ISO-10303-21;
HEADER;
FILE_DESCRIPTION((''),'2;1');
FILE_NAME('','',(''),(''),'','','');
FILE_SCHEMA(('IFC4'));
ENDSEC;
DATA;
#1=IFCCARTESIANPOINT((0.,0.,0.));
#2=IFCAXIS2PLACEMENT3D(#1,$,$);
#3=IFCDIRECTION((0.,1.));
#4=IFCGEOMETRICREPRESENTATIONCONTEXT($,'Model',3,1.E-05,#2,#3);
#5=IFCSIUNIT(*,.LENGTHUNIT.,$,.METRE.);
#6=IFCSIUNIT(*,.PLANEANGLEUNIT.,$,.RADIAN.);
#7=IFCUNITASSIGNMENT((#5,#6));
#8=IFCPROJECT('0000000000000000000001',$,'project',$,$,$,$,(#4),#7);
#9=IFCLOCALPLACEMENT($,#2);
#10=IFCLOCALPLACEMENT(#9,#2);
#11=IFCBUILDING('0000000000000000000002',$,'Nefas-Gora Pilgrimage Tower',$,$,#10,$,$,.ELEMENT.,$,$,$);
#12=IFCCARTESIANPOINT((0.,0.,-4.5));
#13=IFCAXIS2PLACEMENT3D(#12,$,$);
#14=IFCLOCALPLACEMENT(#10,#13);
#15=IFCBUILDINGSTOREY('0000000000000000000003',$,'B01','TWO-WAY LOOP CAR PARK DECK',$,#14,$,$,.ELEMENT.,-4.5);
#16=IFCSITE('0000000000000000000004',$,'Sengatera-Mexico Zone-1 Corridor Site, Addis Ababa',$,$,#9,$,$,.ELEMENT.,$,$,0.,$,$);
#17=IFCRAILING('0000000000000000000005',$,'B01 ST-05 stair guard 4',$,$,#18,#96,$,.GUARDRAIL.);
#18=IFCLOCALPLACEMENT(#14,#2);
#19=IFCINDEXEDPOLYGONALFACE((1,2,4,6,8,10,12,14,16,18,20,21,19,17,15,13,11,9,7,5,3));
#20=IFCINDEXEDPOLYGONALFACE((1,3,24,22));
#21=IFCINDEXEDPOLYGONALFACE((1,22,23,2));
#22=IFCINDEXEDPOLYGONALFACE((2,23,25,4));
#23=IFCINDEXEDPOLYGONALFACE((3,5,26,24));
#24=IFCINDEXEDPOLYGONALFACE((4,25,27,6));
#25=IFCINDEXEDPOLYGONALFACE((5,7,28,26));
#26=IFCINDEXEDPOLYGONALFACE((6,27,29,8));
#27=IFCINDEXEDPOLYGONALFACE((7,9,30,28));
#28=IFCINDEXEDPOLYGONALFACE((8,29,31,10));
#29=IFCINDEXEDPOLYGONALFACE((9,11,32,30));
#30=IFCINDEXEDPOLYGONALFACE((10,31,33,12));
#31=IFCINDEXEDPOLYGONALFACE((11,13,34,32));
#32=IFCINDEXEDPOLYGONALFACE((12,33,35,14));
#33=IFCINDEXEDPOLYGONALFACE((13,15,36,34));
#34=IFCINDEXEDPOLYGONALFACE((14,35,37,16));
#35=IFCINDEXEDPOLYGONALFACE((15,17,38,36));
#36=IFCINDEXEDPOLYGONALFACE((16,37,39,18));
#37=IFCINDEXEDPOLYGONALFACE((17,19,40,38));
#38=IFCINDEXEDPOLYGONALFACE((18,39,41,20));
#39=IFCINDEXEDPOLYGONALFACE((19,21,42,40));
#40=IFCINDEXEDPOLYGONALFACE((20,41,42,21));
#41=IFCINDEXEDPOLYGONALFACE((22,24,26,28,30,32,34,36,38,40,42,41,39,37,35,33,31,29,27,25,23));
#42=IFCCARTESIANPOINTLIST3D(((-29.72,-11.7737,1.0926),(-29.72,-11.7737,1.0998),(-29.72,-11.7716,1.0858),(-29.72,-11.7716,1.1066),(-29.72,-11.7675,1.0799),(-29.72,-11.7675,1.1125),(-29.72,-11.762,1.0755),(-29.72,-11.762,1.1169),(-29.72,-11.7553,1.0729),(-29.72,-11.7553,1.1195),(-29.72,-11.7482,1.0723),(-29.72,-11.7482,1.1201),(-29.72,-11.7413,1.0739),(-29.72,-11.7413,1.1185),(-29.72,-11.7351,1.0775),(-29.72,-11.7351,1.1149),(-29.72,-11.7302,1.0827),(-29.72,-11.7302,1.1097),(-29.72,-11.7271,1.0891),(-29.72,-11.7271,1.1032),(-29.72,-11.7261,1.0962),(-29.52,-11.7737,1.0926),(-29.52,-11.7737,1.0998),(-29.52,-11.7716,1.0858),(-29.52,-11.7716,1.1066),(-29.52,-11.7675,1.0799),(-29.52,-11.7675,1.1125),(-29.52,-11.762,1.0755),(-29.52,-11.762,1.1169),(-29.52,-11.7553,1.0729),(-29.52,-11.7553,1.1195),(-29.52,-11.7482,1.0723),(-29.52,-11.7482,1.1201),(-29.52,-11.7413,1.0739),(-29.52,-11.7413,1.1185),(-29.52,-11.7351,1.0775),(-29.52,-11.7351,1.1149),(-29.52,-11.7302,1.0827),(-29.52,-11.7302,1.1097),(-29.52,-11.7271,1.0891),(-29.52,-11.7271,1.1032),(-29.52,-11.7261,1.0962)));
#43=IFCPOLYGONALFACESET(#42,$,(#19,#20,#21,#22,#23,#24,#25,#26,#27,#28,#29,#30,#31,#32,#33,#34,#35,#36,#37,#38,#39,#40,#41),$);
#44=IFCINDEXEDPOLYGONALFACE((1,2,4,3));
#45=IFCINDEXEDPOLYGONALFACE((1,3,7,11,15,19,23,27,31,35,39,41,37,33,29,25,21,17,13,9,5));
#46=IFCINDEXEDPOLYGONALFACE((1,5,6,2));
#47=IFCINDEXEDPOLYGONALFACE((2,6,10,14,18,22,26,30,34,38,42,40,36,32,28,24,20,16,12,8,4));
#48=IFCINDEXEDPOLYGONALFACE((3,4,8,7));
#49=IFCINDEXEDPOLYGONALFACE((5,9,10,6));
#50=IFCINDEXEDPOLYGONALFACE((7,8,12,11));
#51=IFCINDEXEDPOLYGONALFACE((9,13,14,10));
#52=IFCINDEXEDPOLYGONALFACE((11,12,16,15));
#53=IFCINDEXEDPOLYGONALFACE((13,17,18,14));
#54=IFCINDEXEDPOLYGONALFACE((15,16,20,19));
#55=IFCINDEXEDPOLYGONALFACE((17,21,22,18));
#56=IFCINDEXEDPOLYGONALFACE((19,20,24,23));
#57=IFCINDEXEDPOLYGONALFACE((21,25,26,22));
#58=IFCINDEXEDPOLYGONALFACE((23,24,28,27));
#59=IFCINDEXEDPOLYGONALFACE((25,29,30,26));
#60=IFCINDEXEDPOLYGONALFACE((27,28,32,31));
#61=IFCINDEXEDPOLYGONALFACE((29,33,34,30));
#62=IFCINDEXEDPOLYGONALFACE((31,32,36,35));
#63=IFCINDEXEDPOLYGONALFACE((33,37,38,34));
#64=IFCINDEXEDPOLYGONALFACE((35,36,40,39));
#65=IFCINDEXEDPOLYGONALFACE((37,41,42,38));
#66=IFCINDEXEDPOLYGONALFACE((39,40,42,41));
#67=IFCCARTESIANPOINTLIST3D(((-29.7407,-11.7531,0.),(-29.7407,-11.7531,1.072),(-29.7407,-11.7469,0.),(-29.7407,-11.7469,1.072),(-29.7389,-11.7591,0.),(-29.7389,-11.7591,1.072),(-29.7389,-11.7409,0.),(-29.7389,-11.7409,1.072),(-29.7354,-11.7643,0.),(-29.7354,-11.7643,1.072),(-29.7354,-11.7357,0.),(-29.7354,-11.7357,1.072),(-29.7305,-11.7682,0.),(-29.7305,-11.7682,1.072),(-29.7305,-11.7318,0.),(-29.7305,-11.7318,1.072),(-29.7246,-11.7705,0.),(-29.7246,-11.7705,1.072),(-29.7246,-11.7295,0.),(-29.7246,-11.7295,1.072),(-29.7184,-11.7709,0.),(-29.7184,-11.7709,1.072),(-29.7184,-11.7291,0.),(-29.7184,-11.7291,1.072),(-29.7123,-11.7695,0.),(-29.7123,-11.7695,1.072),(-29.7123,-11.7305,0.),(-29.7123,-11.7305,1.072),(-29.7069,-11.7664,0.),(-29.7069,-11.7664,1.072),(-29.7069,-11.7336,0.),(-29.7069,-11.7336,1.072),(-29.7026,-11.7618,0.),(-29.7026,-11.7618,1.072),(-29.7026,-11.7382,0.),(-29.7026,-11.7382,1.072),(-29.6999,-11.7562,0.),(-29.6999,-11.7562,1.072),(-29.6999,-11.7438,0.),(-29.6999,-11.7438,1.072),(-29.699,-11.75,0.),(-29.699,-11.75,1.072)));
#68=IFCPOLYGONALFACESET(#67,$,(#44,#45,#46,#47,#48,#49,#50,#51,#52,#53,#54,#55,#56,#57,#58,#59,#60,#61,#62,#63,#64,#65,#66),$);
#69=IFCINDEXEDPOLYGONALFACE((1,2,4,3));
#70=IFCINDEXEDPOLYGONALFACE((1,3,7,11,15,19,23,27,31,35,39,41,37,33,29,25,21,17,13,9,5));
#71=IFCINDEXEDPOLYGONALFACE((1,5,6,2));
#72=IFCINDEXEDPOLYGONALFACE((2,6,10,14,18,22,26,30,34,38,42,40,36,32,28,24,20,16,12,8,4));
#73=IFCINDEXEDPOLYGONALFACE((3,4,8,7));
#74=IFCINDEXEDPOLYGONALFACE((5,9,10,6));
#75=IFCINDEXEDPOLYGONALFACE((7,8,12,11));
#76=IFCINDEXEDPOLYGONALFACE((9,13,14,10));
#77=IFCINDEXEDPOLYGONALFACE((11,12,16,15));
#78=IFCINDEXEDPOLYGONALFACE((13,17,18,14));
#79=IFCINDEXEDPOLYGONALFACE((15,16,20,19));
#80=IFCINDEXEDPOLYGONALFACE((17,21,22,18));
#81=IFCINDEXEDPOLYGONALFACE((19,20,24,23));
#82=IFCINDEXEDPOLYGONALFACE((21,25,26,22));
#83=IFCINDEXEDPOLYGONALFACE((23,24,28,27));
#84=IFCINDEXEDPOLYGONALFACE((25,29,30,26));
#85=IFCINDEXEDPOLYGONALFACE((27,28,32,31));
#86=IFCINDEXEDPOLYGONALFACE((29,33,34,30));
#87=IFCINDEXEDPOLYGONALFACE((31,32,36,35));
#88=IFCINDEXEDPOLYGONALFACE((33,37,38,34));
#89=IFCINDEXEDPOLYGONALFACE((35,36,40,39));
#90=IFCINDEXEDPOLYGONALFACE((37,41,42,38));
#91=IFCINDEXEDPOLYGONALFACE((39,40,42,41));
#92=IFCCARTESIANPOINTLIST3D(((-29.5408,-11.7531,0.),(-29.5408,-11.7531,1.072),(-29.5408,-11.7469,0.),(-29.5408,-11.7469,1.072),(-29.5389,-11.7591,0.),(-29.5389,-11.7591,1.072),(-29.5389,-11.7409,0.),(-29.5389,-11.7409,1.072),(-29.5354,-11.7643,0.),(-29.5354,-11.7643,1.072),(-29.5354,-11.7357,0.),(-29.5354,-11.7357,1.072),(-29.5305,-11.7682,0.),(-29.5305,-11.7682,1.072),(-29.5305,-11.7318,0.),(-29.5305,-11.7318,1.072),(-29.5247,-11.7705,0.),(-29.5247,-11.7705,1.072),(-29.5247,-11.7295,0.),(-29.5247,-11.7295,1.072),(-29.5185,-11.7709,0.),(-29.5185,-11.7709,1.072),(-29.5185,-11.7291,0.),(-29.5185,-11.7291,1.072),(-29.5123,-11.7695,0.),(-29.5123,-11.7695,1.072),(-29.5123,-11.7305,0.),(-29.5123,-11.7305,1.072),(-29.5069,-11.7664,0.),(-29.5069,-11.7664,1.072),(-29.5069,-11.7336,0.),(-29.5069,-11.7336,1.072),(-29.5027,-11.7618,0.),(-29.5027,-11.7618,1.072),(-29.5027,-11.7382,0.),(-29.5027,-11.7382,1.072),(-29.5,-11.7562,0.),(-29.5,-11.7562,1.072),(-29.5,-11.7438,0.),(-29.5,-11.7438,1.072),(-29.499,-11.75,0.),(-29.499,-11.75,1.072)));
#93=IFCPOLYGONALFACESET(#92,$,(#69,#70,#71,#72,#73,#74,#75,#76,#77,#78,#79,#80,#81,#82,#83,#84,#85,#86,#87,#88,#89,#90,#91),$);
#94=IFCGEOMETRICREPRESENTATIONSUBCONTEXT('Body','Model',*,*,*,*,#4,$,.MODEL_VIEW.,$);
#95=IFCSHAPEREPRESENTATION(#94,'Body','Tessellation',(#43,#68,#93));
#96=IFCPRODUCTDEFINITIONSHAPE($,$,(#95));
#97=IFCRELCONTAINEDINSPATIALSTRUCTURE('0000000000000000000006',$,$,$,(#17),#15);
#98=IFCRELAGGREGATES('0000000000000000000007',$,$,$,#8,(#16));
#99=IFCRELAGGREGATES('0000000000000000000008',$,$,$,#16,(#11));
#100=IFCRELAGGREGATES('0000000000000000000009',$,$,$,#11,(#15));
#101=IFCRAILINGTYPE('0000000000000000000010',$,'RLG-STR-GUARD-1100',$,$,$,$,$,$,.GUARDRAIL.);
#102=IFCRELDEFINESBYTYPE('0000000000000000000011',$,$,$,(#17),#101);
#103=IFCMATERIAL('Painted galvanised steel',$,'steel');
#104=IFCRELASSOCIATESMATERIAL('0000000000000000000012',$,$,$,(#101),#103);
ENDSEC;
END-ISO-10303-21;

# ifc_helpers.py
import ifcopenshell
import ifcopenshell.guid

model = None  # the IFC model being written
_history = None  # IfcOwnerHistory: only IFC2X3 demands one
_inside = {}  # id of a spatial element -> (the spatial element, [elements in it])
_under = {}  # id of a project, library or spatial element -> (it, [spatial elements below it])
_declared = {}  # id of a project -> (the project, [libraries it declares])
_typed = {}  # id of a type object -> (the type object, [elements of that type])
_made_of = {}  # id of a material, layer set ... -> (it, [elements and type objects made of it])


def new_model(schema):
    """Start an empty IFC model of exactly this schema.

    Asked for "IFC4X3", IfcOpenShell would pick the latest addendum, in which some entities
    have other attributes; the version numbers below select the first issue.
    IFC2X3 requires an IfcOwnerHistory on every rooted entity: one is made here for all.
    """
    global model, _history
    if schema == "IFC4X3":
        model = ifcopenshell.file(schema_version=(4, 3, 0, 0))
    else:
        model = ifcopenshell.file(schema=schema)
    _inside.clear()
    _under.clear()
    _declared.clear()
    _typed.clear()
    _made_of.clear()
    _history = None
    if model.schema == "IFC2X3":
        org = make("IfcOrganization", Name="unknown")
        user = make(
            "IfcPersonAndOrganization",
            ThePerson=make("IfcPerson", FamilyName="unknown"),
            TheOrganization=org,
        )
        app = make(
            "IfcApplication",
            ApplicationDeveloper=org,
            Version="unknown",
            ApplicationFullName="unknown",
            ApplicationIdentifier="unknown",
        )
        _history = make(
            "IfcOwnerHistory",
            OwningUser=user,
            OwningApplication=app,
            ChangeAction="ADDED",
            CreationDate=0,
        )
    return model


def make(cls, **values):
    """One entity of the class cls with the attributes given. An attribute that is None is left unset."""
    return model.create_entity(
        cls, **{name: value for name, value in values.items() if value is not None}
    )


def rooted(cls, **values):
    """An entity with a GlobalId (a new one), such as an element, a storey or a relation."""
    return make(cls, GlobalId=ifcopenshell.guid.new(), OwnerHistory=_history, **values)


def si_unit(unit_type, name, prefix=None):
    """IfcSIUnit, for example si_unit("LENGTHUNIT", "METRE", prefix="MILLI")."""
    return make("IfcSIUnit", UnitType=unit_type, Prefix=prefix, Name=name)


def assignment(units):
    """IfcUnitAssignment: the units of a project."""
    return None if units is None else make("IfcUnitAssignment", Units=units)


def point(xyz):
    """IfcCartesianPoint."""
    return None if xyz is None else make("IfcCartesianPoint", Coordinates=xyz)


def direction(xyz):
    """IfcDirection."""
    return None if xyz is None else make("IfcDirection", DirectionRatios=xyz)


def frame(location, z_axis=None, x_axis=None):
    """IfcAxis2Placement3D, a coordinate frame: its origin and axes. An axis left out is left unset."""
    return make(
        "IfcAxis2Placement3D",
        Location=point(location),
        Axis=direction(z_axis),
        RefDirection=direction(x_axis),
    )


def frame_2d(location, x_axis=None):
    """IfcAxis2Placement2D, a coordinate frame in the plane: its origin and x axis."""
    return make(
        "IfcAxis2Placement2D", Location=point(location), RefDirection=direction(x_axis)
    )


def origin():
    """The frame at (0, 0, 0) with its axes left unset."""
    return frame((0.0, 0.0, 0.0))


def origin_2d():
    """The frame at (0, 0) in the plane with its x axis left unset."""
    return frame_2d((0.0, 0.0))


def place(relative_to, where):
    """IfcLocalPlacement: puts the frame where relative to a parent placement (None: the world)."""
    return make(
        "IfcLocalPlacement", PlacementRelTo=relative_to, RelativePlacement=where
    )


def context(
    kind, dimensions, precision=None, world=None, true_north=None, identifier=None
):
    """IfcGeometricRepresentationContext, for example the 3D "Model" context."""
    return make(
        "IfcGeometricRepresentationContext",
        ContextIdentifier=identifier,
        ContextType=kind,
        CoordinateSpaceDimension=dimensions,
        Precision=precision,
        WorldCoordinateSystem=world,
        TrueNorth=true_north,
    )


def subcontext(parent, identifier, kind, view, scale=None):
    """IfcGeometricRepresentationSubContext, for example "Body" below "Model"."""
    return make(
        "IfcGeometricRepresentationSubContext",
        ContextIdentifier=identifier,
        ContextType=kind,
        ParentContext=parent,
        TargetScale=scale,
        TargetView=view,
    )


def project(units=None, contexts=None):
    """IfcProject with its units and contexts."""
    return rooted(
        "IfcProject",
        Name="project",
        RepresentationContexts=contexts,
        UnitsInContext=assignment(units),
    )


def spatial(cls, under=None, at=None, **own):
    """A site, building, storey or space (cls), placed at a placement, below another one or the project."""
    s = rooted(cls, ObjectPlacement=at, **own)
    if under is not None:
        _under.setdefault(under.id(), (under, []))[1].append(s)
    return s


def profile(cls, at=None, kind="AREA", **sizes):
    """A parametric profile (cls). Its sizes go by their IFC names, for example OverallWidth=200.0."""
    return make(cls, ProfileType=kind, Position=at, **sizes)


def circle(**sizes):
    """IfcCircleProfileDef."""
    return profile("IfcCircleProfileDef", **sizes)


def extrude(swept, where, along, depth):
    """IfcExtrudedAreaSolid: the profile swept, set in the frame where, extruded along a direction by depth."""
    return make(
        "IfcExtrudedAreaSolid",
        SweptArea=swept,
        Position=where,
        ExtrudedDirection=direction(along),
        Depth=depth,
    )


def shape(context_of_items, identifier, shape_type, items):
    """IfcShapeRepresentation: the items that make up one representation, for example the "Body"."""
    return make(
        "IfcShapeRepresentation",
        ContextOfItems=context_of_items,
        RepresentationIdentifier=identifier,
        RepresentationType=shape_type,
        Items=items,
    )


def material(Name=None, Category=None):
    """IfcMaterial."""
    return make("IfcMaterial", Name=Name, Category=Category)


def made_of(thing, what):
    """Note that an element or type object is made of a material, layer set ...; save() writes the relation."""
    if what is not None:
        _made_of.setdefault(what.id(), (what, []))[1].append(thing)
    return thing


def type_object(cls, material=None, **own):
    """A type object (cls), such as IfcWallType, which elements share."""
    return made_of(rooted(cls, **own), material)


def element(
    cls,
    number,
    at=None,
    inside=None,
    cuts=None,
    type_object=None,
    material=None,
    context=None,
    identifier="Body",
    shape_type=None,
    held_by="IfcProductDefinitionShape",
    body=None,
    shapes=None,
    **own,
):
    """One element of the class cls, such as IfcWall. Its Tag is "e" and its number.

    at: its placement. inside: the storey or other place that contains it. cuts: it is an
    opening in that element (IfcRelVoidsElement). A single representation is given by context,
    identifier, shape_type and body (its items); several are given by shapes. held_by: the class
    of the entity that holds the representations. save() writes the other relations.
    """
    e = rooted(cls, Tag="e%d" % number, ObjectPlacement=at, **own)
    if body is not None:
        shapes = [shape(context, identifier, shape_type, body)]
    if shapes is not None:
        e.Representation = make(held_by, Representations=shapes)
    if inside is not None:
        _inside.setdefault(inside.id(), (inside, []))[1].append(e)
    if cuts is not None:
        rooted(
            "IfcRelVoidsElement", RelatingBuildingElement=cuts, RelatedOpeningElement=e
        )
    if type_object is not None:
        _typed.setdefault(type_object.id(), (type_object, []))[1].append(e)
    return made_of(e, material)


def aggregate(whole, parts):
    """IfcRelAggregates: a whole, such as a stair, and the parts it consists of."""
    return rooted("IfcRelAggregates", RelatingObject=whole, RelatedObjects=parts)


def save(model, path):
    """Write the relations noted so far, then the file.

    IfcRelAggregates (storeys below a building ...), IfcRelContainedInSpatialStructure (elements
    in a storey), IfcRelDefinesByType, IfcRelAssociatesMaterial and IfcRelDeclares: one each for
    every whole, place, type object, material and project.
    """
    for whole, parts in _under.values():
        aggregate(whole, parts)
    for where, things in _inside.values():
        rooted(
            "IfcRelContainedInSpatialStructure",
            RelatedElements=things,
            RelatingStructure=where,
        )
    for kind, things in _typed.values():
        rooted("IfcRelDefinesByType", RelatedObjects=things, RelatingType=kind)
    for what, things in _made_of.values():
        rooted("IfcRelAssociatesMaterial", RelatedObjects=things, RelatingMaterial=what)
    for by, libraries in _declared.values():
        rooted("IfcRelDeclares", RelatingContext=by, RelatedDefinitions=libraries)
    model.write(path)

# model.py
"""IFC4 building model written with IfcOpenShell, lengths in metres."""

from ifc_helpers import new_model, si_unit, direction, frame, origin, origin_2d, place, context, subcontext, project, spatial, circle, extrude, material, type_object, element, save


model = new_model("IFC4")

# Units and contexts
model_context = context("Model", 3, precision=1e-05, world=origin(), true_north=direction((0.0, 1.0)))
body_context = subcontext(model_context, "Body", "Model", "MODEL_VIEW")
ifc_project = project(units=[si_unit("LENGTHUNIT", "METRE"), si_unit("PLANEANGLEUNIT", "RADIAN")], contexts=[model_context])

# Site, building, storey
site_placement = place(None, origin())
site = spatial("IfcSite", under=ifc_project, at=site_placement, Name="Sengatera-Mexico Zone-1 Corridor Site, Addis Ababa", CompositionType="ELEMENT", RefElevation=0.0)
building_placement = place(site_placement, origin())
building = spatial("IfcBuilding", under=site, at=building_placement, Name="Nefas-Gora Pilgrimage Tower", CompositionType="ELEMENT")
storey_placement = place(building_placement, frame((0.0, 0.0, -4.5)))
storey = spatial("IfcBuildingStorey", under=building, at=storey_placement, Name="B01", Description="TWO-WAY LOOP CAR PARK DECK", CompositionType="ELEMENT", Elevation=-4.5)

# Railing
ifc_material_1 = material(Name="Painted galvanised steel", Category="steel")
railing_type_1 = type_object("IfcRailingType", Name="RLG-STR-GUARD-1100", PredefinedType="GUARDRAIL", material=ifc_material_1)
railing_1_placement = place(storey_placement, frame((-29.72, -11.75, 0.0)))
element("IfcRailing", 1, at=railing_1_placement, inside=storey, type_object=railing_type_1, Name="B01 ST-05 stair guard 4", PredefinedType="GUARDRAIL", context=body_context, shape_type="SweptSolid", body=[
    extrude(circle(Radius=0.0239, at=origin_2d()), frame((0.0, 0.0, 1.0962), z_axis=(1.0, 0.0, 0.0), x_axis=(0.0, 1.0, 0.0)), (0.0, 0.0, 1.0), 0.2),
    extrude(circle(Radius=0.021, at=origin_2d()), origin(), (0.0, 0.0, 1.0), 1.072),
    extrude(circle(Radius=0.021, at=origin_2d()), frame((0.2, 0.0, 0.0)), (0.0, 0.0, 1.0), 1.072),
])

save(model, "model.ifc")
